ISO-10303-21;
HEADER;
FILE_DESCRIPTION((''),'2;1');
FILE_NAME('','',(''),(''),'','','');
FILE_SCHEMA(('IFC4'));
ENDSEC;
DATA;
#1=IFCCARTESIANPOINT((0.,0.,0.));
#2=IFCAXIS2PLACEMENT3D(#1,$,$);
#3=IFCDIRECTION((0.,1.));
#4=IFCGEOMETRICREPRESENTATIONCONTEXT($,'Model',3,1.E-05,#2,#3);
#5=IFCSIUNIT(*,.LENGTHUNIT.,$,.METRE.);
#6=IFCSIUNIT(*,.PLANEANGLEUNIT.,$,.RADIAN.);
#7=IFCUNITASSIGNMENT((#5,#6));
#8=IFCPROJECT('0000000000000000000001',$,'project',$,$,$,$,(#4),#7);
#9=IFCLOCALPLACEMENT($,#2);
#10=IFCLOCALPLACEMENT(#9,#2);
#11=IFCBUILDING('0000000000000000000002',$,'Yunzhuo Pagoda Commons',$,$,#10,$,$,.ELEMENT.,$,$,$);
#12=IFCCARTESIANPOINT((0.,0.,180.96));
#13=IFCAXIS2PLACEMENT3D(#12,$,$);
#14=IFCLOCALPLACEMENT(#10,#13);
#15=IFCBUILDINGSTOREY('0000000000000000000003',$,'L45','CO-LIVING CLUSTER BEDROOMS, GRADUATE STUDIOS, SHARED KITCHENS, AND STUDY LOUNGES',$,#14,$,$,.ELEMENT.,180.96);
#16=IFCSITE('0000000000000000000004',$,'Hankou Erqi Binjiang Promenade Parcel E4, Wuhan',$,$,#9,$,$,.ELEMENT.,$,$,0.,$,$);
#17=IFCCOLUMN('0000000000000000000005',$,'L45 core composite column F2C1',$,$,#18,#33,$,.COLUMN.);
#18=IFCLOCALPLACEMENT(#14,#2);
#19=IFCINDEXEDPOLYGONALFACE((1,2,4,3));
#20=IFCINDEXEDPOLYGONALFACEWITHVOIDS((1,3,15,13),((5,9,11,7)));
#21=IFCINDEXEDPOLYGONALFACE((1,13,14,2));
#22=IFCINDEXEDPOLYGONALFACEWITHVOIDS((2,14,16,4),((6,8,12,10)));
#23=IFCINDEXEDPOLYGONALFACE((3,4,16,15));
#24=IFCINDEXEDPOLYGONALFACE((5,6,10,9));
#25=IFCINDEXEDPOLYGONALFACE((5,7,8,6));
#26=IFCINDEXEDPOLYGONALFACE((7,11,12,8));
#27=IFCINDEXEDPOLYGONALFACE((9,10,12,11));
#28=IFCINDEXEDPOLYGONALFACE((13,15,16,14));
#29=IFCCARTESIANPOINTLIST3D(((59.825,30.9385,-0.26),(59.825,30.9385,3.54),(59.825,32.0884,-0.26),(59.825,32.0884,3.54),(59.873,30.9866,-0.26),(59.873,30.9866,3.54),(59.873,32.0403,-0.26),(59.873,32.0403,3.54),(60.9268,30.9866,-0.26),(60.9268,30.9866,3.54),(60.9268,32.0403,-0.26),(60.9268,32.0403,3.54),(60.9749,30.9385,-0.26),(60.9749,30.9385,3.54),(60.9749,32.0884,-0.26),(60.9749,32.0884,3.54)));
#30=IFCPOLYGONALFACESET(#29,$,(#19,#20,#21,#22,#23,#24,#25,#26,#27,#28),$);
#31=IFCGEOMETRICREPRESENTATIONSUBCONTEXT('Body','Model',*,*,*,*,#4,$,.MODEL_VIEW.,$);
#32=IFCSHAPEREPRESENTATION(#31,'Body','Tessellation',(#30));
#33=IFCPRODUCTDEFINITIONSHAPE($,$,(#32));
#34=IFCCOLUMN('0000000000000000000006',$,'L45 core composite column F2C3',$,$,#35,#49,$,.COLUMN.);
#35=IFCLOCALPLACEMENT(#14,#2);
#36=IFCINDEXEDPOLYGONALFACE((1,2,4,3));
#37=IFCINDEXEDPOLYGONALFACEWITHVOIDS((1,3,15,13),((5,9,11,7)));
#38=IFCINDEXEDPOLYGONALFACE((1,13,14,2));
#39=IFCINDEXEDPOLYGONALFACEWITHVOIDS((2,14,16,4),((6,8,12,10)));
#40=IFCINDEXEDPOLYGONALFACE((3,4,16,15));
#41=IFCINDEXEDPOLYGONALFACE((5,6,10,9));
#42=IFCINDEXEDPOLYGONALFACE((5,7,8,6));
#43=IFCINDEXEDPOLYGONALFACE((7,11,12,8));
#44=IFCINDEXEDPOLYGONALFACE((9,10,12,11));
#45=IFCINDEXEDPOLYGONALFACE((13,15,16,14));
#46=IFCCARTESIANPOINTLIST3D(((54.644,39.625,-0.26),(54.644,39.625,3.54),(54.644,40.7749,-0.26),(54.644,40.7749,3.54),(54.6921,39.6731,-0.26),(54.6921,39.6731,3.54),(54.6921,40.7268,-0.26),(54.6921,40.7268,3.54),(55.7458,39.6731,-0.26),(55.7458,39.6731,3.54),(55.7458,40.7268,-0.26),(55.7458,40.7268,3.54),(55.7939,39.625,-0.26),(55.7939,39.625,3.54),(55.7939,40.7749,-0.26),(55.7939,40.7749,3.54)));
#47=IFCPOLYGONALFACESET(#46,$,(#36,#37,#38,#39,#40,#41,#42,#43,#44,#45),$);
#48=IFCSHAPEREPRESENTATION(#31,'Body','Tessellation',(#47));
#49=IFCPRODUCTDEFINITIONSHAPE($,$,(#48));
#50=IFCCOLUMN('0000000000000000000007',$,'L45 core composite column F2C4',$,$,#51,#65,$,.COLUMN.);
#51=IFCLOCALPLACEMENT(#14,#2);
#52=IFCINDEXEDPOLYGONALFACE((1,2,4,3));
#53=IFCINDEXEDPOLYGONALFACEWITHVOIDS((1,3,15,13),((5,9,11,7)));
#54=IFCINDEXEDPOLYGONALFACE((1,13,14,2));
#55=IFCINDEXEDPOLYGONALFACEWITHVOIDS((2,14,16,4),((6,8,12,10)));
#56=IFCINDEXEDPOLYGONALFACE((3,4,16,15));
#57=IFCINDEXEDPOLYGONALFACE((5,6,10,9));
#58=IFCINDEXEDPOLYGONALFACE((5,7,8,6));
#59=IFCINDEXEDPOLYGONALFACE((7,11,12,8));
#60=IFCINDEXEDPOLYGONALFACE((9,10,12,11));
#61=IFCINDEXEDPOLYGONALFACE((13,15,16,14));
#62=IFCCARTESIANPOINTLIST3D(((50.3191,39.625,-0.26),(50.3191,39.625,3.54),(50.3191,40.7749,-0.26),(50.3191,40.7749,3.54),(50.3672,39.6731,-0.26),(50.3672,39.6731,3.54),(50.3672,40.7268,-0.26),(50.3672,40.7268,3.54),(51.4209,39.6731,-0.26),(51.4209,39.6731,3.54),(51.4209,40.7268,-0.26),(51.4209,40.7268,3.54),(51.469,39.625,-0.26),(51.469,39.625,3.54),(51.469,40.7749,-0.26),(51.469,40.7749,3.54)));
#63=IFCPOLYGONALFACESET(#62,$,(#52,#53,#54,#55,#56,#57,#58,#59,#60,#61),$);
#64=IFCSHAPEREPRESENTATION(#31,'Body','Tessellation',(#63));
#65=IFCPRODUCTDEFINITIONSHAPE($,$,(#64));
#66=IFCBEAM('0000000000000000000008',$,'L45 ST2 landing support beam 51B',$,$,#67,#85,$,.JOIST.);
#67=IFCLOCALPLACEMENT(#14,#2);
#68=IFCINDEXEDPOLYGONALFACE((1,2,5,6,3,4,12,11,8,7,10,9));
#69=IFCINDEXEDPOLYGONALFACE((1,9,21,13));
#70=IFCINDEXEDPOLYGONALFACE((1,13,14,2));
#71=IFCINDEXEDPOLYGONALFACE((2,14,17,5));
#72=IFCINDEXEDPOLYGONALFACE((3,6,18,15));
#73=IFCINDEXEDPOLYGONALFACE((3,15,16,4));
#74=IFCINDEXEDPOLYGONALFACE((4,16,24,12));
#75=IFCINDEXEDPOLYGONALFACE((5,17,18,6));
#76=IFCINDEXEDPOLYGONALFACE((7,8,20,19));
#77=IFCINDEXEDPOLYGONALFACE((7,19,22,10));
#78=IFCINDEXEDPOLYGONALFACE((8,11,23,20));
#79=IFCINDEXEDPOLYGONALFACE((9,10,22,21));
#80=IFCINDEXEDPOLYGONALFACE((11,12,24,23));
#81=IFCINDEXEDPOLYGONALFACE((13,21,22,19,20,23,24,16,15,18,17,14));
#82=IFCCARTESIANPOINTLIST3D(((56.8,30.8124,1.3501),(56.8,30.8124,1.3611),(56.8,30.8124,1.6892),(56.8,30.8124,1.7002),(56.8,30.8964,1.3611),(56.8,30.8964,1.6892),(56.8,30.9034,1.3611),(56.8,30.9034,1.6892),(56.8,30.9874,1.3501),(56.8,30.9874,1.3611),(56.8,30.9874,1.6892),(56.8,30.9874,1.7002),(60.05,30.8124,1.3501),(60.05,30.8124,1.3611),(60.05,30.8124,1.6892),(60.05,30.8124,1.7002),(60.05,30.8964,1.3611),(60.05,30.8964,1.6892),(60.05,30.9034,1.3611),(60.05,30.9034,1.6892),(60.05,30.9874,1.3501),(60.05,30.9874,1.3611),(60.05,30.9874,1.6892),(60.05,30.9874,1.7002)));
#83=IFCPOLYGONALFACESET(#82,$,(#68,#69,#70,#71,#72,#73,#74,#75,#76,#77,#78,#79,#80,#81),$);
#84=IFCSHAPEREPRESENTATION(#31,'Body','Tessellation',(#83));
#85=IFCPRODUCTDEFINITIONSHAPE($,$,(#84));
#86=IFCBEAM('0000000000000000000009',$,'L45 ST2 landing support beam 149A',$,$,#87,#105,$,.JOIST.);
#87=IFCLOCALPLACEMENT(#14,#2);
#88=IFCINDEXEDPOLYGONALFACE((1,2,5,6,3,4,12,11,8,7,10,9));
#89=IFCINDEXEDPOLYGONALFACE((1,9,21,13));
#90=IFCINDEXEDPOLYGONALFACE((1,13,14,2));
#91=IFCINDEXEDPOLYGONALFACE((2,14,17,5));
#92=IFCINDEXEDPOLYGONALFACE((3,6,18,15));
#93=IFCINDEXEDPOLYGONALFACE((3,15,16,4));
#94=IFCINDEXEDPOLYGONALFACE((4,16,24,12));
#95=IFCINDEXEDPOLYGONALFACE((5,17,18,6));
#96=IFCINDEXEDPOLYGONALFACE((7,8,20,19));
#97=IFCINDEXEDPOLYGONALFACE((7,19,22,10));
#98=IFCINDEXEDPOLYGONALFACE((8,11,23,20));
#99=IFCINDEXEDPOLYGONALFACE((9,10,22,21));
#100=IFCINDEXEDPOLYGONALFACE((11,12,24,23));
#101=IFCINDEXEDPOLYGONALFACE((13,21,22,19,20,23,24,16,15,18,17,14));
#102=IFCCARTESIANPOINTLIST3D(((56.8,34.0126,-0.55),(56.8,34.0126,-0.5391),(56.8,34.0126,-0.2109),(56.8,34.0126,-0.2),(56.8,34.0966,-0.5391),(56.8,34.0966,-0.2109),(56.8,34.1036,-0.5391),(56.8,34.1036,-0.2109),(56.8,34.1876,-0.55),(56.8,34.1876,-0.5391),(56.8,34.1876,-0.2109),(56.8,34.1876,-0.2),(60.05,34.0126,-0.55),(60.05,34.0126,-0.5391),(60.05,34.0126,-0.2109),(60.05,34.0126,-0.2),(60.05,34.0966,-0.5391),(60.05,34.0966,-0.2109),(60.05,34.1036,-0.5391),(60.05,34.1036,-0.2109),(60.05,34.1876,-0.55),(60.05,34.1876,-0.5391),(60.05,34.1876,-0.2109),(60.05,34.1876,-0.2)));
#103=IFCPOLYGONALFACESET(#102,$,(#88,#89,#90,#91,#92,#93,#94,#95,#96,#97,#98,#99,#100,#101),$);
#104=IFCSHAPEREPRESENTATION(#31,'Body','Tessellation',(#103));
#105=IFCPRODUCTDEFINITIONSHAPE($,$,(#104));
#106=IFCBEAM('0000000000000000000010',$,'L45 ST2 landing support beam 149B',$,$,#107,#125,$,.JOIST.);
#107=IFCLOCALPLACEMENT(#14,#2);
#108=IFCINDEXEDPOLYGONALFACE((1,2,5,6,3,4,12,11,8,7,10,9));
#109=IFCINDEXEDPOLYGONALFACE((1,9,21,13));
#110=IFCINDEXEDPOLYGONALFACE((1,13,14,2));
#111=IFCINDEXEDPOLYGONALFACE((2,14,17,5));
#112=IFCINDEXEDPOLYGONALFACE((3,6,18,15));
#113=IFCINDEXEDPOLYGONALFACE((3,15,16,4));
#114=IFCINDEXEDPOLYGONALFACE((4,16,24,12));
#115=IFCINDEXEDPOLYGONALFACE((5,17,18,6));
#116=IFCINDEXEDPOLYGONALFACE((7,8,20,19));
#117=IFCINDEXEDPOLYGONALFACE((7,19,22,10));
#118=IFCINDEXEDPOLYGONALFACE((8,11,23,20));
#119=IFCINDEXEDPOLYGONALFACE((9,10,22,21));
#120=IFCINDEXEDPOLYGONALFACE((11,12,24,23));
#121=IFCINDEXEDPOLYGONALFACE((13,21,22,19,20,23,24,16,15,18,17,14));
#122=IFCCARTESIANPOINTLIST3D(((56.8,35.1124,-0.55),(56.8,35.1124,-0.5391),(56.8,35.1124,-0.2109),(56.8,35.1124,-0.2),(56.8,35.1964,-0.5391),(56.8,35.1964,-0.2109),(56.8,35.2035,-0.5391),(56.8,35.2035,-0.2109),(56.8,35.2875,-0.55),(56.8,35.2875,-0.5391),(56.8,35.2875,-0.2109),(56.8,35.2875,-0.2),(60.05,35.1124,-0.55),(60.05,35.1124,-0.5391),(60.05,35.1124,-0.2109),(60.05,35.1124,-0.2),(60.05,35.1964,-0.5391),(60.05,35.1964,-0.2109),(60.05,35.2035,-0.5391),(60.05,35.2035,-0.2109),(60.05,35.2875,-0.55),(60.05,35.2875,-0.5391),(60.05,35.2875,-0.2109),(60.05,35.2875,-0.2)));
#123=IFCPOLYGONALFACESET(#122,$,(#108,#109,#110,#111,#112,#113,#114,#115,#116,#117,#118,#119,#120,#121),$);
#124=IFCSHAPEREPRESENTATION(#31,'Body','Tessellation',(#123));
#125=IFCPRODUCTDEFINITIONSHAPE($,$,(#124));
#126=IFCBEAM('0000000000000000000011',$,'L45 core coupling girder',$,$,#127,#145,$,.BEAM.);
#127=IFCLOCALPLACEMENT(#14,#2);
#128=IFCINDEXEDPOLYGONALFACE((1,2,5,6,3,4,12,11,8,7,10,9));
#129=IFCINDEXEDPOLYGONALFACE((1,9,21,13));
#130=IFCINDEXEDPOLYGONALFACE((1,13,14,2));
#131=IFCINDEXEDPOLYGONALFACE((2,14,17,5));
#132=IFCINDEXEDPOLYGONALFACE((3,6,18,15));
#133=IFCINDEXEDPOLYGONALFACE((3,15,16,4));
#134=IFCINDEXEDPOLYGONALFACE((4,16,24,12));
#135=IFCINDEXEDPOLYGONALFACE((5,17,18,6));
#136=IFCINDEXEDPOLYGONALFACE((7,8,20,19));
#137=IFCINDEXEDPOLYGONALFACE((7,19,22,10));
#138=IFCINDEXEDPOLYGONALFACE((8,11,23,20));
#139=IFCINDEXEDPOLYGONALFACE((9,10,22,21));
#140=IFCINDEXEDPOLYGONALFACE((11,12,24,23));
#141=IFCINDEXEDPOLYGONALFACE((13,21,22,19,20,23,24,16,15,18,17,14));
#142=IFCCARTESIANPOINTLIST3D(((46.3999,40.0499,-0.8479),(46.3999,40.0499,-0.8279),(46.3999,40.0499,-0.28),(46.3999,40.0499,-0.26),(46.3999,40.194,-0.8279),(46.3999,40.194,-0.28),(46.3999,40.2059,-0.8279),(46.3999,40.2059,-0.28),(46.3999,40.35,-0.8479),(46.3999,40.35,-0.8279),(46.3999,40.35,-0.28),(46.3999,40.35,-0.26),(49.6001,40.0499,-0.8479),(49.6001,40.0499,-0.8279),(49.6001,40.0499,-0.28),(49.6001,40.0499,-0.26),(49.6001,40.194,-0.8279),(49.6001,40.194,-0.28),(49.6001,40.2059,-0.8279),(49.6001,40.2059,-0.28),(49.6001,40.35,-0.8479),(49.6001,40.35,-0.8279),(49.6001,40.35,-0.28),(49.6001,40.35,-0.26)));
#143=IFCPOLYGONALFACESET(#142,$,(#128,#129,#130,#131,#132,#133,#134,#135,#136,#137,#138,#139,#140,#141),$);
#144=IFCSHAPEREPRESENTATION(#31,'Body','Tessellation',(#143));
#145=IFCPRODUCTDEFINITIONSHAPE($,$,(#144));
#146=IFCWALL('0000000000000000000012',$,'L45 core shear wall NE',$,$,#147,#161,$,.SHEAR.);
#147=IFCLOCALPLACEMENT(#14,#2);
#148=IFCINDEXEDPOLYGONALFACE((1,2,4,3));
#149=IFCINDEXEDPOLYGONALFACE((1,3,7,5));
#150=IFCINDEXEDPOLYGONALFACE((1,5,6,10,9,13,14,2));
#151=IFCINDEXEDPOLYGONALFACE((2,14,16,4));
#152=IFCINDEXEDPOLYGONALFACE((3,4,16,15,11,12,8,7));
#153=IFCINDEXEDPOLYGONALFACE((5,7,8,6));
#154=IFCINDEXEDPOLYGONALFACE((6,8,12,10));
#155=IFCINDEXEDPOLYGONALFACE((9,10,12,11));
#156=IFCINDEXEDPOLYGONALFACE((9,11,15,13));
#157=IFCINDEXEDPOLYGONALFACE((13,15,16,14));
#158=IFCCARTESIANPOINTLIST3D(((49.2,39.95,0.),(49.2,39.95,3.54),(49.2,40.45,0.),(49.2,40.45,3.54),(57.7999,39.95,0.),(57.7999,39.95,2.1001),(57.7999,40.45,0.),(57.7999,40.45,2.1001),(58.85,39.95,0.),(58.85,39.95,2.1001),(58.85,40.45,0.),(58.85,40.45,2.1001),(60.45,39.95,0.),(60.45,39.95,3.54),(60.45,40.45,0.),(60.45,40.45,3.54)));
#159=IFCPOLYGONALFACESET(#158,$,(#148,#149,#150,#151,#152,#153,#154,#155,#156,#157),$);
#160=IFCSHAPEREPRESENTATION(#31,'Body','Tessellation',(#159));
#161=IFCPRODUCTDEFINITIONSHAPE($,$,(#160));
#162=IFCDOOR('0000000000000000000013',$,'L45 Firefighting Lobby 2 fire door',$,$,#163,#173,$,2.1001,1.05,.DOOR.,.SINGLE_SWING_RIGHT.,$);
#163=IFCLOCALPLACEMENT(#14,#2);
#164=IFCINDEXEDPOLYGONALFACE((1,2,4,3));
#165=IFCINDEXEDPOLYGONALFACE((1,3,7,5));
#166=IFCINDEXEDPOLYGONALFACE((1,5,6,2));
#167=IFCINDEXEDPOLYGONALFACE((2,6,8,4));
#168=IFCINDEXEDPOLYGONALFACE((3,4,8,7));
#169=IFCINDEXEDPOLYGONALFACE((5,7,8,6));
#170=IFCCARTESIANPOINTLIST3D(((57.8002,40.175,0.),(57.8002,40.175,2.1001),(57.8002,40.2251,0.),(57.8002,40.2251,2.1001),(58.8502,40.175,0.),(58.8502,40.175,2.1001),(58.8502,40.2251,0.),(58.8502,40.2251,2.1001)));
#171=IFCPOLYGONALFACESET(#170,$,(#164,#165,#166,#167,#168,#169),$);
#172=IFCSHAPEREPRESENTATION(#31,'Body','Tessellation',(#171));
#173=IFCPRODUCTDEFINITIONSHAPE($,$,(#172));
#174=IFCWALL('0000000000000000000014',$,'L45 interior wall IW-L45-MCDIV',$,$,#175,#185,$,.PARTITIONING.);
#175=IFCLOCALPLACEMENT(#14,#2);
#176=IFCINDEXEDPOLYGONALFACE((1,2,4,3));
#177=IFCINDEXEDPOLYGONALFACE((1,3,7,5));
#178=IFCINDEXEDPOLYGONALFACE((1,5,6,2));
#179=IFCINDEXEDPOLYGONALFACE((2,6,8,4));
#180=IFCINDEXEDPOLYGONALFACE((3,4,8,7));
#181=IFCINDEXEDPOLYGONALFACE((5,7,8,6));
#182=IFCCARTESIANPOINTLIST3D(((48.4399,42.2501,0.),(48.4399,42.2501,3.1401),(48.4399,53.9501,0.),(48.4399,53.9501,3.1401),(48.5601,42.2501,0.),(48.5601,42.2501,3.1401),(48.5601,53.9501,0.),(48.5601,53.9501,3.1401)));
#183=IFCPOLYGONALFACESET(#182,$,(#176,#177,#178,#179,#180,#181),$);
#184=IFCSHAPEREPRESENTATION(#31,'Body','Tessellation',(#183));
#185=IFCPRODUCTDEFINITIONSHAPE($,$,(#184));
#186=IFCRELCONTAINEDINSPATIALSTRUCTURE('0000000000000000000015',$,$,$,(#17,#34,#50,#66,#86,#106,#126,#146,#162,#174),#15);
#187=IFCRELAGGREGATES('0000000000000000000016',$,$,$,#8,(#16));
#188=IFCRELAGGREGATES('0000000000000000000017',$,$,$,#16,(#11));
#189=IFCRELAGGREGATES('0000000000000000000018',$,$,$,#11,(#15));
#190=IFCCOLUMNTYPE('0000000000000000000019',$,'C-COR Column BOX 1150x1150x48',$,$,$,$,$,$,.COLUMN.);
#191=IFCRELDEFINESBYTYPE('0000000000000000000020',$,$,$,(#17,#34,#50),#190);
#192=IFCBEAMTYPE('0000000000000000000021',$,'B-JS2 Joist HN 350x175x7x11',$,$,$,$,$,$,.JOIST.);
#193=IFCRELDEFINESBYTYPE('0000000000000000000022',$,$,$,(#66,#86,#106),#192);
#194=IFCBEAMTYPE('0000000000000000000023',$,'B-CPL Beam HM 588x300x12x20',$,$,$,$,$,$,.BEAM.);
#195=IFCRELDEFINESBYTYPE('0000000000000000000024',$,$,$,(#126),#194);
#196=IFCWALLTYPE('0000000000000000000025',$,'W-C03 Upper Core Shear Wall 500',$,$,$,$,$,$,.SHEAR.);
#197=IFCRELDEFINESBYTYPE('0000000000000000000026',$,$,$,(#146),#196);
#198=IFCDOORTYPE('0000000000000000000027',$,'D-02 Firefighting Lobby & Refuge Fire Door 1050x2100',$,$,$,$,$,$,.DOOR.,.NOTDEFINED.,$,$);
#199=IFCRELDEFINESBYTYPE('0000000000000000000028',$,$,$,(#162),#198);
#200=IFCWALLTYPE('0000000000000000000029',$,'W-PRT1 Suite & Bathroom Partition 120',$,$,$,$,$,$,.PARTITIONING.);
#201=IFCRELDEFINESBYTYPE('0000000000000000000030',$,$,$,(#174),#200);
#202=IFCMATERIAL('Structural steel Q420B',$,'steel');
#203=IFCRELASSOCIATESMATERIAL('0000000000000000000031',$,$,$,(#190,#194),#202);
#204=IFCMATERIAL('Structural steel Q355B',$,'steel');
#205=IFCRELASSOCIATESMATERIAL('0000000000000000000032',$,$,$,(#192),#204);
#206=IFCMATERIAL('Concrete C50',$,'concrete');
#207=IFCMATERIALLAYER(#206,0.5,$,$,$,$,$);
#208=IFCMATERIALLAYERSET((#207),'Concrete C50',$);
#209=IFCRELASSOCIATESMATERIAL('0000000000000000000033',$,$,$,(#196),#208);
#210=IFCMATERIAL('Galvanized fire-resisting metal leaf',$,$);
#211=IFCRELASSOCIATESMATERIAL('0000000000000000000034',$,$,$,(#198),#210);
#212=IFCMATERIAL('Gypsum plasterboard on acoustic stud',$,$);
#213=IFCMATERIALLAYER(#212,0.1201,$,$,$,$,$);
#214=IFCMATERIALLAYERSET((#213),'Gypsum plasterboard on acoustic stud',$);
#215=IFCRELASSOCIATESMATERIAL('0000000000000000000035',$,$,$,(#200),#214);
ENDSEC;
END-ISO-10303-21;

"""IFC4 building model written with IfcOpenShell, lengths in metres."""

from ifc_helpers import new_model, si_unit, direction, frame, frame_2d, origin, origin_2d, place, context, subcontext, project, spatial, rectangle, hollow_rectangle, i_section, extrude, source, transform, mapped, material, layer, layer_set, material_profile, profile_set, type_object, element, fill, save


model = new_model("IFC4")

# Units and contexts
model_context = context("Model", 3, precision=1e-05, world=origin(), true_north=direction((0.0, 1.0)))
body_context = subcontext(model_context, "Body", "Model", "MODEL_VIEW")
ifc_project = project(units=[si_unit("LENGTHUNIT", "METRE"), si_unit("PLANEANGLEUNIT", "RADIAN")], contexts=[model_context])

# Site, building, storey
site_placement = place(None, origin())
site = spatial("IfcSite", under=ifc_project, at=site_placement, Name="Hankou Erqi Binjiang Promenade Parcel E4, Wuhan", CompositionType="ELEMENT", RefElevation=0.0)
building_placement = place(site_placement, origin())
building = spatial("IfcBuilding", under=site, at=building_placement, Name="Yunzhuo Pagoda Commons", CompositionType="ELEMENT")
storey_placement = place(building_placement, frame((0.0, 0.0, 180.96)))
storey = spatial("IfcBuildingStorey", under=building, at=storey_placement, Name="L45", Description="CO-LIVING CLUSTER BEDROOMS, GRADUATE STUDIOS, SHARED KITCHENS, AND STUDY LOUNGES", CompositionType="ELEMENT", Elevation=180.96)

# Columns
ifc_material_1 = material(Name="Structural steel Q420B", Category="steel")
ifc_material_profile_1 = material_profile(ifc_material_1, hollow_rectangle(XDim=1.1499, YDim=1.1499, WallThickness=0.0481, at=origin_2d()), Name="Structural steel Q420B")
ifc_profile_set_1 = profile_set([ifc_material_profile_1], Name="Structural steel Q420B")
column_type = type_object("IfcColumnType", Name="C-COR Column BOX 1150x1150x48", PredefinedType="COLUMN", material=ifc_profile_set_1)
shared_shape_1 = source(origin(), body_context, "Body", "SweptSolid", [
    extrude(hollow_rectangle(XDim=1.1499, YDim=1.1499, WallThickness=0.0481, at=origin_2d()), origin(), (0.0, 0.0, 1.0), 3.8),
])
for number, where, z_axis, x_axis, name in (
    (1, (60.3999, 31.5134, -0.26), (0.0, 0.0, 1.0), (1.0, 0.0, 0.0), "L45 core composite column F2C1"),
    (2, (55.219, 40.2, -0.26), (0.0, 0.0, 1.0), (1.0, 0.0, 0.0), "L45 core composite column F2C3"),
    (3, (50.894, 40.2, -0.26), (0.0, 0.0, 1.0), (1.0, 0.0, 0.0), "L45 core composite column F2C4"),
):
    element("IfcColumn", number, at=place(storey_placement, frame(where, z_axis=z_axis, x_axis=x_axis)), inside=storey, type_object=column_type, Name=name, PredefinedType="COLUMN", context=body_context, shape_type="MappedRepresentation", body=[
        mapped(shared_shape_1, transform((0.0, 0.0, 0.0), scale=1.0)),
    ])

# Beams
ifc_material_2 = material(Name="Structural steel Q355B", Category="steel")
ifc_material_profile_2 = material_profile(ifc_material_2, i_section(OverallWidth=0.175, OverallDepth=0.3501, WebThickness=0.0071, FlangeThickness=0.011, at=origin_2d()), Name="Structural steel Q355B")
ifc_profile_set_2 = profile_set([ifc_material_profile_2], Name="Structural steel Q355B")
beam_type_1 = type_object("IfcBeamType", Name="B-JS2 Joist HN 350x175x7x11", PredefinedType="JOIST", material=ifc_profile_set_2)
shared_shape_2 = source(origin(), body_context, "Body", "SweptSolid", [
    extrude(i_section(OverallWidth=0.175, OverallDepth=0.3501, WebThickness=0.0071, FlangeThickness=0.011, at=origin_2d()), origin(), (0.0, 0.0, 1.0), 3.25),
])
for number, where, z_axis, x_axis, name in (
    (4, (56.8, 30.8999, 1.5251), (1.0, 0.0, 0.0), (0.0, 1.0, 0.0), "L45 ST2 landing support beam 51B"),
    (5, (56.8, 34.1001, -0.375), (1.0, 0.0, 0.0), (0.0, 1.0, 0.0), "L45 ST2 landing support beam 149A"),
    (6, (56.8, 35.2, -0.375), (1.0, 0.0, 0.0), (0.0, 1.0, 0.0), "L45 ST2 landing support beam 149B"),
):
    element("IfcBeam", number, at=place(storey_placement, frame(where, z_axis=z_axis, x_axis=x_axis)), inside=storey, type_object=beam_type_1, Name=name, PredefinedType="JOIST", context=body_context, shape_type="MappedRepresentation", body=[
        mapped(shared_shape_2, transform((0.0, 0.0, 0.0), scale=1.0)),
    ])
ifc_material_profile_3 = material_profile(ifc_material_1, i_section(OverallWidth=0.3, OverallDepth=0.5879, WebThickness=0.012, FlangeThickness=0.02, at=origin_2d()), Name="Structural steel Q420B")
ifc_profile_set_3 = profile_set([ifc_material_profile_3], Name="Structural steel Q420B")
beam_type_2 = type_object("IfcBeamType", Name="B-CPL Beam HM 588x300x12x20", PredefinedType="BEAM", material=ifc_profile_set_3)
shared_shape_3 = source(origin(), body_context, "Body", "SweptSolid", [
    extrude(i_section(OverallWidth=0.3, OverallDepth=0.5879, WebThickness=0.012, FlangeThickness=0.02, at=origin_2d()), origin(), (0.0, 0.0, 1.0), 3.2002),
])
beam_placement = place(storey_placement, frame((46.3999, 40.2, -0.554), z_axis=(1.0, 0.0, 0.0), x_axis=(0.0, 1.0, 0.0)))
element("IfcBeam", 7, at=beam_placement, inside=storey, type_object=beam_type_2, Name="L45 core coupling girder", PredefinedType="BEAM", context=body_context, shape_type="MappedRepresentation", body=[
    mapped(shared_shape_3, transform((0.0, 0.0, 0.0), scale=1.0)),
])

# Wall, opening, door
ifc_material_3 = material(Name="Concrete C50", Category="concrete")
ifc_layer_1 = layer(ifc_material_3, 0.5)
ifc_layer_set_1 = layer_set([ifc_layer_1], Name="Concrete C50")
wall_type_1 = type_object("IfcWallType", Name="W-C03 Upper Core Shear Wall 500", PredefinedType="SHEAR", material=ifc_layer_set_1)
wall_1_placement = place(storey_placement, frame((49.2, 40.2, 0.0), z_axis=(0.0, 0.0, 1.0), x_axis=(1.0, 0.0, 0.0)))
wall_1 = element("IfcWall", 8, at=wall_1_placement, inside=storey, type_object=wall_type_1, Name="L45 core shear wall NE", PredefinedType="SHEAR", context=body_context, shape_type="SweptSolid", body=[
    extrude(rectangle(XDim=11.25, YDim=0.5, at=frame_2d((5.625, 0.0))), origin(), (0.0, 0.0, 1.0), 3.54),
])
opening_1_placement = place(wall_1_placement, frame((8.6001, 0.0, 0.0)))
opening_1 = element("IfcOpeningElement", 9, at=opening_1_placement, cuts=wall_1, PredefinedType="OPENING", context=body_context, shape_type="SweptSolid", body=[
    extrude(rectangle(XDim=1.05, YDim=2.1001, at=frame_2d((0.5249, 1.05))), frame((0.0, 0.26, 0.0), z_axis=(0.0, -1.0, 0.0), x_axis=(1.0, 0.0, 0.0)), (0.0, 0.0, 1.0), 0.52),
])
ifc_material_4 = material(Name="Galvanized fire-resisting metal leaf")
door_type_1 = type_object("IfcDoorType", Name="D-02 Firefighting Lobby & Refuge Fire Door 1050x2100", OperationType="NOTDEFINED", PredefinedType="DOOR", material=ifc_material_4)
shared_shape_4 = source(origin(), body_context, "Body", "SweptSolid", [
    extrude(rectangle(XDim=1.05, YDim=2.1001, at=frame_2d((0.5249, 1.05))), frame((0.0, 0.0249, 0.0), z_axis=(0.0, -1.0, 0.0), x_axis=(1.0, 0.0, 0.0)), (0.0, 0.0, 1.0), 0.05),
])
door_1_placement = place(opening_1_placement, frame((1.05, 0.0, 0.0), z_axis=(0.0, 0.0, 1.0), x_axis=(-1.0, 0.0, 0.0)))
door_1 = element("IfcDoor", 10, at=door_1_placement, inside=storey, type_object=door_type_1, Name="L45 Firefighting Lobby 2 fire door", OperationType="SINGLE_SWING_RIGHT", OverallHeight=2.1001, OverallWidth=1.05, PredefinedType="DOOR", context=body_context, shape_type="MappedRepresentation", body=[
    mapped(shared_shape_4, transform((0.0, 0.0, 0.0), scale=1.0)),
])
fill(opening_1, door_1)

# Wall
ifc_material_5 = material(Name="Gypsum plasterboard on acoustic stud")
ifc_layer_2 = layer(ifc_material_5, 0.1201)
ifc_layer_set_2 = layer_set([ifc_layer_2], Name="Gypsum plasterboard on acoustic stud")
wall_type_2 = type_object("IfcWallType", Name="W-PRT1 Suite & Bathroom Partition 120", PredefinedType="PARTITIONING", material=ifc_layer_set_2)
wall_2_placement = place(storey_placement, frame((48.5, 42.25, 0.0), z_axis=(0.0, 0.0, 1.0), x_axis=(0.0, 1.0, 0.0)))
element("IfcWall", 11, at=wall_2_placement, inside=storey, type_object=wall_type_2, Name="L45 interior wall IW-L45-MCDIV", PredefinedType="PARTITIONING", context=body_context, shape_type="SweptSolid", body=[
    extrude(rectangle(XDim=11.7, YDim=0.1201, at=frame_2d((5.8501, 0.0))), origin(), (0.0, 0.0, 1.0), 3.1401),
])

save(model, "model.ifc")
